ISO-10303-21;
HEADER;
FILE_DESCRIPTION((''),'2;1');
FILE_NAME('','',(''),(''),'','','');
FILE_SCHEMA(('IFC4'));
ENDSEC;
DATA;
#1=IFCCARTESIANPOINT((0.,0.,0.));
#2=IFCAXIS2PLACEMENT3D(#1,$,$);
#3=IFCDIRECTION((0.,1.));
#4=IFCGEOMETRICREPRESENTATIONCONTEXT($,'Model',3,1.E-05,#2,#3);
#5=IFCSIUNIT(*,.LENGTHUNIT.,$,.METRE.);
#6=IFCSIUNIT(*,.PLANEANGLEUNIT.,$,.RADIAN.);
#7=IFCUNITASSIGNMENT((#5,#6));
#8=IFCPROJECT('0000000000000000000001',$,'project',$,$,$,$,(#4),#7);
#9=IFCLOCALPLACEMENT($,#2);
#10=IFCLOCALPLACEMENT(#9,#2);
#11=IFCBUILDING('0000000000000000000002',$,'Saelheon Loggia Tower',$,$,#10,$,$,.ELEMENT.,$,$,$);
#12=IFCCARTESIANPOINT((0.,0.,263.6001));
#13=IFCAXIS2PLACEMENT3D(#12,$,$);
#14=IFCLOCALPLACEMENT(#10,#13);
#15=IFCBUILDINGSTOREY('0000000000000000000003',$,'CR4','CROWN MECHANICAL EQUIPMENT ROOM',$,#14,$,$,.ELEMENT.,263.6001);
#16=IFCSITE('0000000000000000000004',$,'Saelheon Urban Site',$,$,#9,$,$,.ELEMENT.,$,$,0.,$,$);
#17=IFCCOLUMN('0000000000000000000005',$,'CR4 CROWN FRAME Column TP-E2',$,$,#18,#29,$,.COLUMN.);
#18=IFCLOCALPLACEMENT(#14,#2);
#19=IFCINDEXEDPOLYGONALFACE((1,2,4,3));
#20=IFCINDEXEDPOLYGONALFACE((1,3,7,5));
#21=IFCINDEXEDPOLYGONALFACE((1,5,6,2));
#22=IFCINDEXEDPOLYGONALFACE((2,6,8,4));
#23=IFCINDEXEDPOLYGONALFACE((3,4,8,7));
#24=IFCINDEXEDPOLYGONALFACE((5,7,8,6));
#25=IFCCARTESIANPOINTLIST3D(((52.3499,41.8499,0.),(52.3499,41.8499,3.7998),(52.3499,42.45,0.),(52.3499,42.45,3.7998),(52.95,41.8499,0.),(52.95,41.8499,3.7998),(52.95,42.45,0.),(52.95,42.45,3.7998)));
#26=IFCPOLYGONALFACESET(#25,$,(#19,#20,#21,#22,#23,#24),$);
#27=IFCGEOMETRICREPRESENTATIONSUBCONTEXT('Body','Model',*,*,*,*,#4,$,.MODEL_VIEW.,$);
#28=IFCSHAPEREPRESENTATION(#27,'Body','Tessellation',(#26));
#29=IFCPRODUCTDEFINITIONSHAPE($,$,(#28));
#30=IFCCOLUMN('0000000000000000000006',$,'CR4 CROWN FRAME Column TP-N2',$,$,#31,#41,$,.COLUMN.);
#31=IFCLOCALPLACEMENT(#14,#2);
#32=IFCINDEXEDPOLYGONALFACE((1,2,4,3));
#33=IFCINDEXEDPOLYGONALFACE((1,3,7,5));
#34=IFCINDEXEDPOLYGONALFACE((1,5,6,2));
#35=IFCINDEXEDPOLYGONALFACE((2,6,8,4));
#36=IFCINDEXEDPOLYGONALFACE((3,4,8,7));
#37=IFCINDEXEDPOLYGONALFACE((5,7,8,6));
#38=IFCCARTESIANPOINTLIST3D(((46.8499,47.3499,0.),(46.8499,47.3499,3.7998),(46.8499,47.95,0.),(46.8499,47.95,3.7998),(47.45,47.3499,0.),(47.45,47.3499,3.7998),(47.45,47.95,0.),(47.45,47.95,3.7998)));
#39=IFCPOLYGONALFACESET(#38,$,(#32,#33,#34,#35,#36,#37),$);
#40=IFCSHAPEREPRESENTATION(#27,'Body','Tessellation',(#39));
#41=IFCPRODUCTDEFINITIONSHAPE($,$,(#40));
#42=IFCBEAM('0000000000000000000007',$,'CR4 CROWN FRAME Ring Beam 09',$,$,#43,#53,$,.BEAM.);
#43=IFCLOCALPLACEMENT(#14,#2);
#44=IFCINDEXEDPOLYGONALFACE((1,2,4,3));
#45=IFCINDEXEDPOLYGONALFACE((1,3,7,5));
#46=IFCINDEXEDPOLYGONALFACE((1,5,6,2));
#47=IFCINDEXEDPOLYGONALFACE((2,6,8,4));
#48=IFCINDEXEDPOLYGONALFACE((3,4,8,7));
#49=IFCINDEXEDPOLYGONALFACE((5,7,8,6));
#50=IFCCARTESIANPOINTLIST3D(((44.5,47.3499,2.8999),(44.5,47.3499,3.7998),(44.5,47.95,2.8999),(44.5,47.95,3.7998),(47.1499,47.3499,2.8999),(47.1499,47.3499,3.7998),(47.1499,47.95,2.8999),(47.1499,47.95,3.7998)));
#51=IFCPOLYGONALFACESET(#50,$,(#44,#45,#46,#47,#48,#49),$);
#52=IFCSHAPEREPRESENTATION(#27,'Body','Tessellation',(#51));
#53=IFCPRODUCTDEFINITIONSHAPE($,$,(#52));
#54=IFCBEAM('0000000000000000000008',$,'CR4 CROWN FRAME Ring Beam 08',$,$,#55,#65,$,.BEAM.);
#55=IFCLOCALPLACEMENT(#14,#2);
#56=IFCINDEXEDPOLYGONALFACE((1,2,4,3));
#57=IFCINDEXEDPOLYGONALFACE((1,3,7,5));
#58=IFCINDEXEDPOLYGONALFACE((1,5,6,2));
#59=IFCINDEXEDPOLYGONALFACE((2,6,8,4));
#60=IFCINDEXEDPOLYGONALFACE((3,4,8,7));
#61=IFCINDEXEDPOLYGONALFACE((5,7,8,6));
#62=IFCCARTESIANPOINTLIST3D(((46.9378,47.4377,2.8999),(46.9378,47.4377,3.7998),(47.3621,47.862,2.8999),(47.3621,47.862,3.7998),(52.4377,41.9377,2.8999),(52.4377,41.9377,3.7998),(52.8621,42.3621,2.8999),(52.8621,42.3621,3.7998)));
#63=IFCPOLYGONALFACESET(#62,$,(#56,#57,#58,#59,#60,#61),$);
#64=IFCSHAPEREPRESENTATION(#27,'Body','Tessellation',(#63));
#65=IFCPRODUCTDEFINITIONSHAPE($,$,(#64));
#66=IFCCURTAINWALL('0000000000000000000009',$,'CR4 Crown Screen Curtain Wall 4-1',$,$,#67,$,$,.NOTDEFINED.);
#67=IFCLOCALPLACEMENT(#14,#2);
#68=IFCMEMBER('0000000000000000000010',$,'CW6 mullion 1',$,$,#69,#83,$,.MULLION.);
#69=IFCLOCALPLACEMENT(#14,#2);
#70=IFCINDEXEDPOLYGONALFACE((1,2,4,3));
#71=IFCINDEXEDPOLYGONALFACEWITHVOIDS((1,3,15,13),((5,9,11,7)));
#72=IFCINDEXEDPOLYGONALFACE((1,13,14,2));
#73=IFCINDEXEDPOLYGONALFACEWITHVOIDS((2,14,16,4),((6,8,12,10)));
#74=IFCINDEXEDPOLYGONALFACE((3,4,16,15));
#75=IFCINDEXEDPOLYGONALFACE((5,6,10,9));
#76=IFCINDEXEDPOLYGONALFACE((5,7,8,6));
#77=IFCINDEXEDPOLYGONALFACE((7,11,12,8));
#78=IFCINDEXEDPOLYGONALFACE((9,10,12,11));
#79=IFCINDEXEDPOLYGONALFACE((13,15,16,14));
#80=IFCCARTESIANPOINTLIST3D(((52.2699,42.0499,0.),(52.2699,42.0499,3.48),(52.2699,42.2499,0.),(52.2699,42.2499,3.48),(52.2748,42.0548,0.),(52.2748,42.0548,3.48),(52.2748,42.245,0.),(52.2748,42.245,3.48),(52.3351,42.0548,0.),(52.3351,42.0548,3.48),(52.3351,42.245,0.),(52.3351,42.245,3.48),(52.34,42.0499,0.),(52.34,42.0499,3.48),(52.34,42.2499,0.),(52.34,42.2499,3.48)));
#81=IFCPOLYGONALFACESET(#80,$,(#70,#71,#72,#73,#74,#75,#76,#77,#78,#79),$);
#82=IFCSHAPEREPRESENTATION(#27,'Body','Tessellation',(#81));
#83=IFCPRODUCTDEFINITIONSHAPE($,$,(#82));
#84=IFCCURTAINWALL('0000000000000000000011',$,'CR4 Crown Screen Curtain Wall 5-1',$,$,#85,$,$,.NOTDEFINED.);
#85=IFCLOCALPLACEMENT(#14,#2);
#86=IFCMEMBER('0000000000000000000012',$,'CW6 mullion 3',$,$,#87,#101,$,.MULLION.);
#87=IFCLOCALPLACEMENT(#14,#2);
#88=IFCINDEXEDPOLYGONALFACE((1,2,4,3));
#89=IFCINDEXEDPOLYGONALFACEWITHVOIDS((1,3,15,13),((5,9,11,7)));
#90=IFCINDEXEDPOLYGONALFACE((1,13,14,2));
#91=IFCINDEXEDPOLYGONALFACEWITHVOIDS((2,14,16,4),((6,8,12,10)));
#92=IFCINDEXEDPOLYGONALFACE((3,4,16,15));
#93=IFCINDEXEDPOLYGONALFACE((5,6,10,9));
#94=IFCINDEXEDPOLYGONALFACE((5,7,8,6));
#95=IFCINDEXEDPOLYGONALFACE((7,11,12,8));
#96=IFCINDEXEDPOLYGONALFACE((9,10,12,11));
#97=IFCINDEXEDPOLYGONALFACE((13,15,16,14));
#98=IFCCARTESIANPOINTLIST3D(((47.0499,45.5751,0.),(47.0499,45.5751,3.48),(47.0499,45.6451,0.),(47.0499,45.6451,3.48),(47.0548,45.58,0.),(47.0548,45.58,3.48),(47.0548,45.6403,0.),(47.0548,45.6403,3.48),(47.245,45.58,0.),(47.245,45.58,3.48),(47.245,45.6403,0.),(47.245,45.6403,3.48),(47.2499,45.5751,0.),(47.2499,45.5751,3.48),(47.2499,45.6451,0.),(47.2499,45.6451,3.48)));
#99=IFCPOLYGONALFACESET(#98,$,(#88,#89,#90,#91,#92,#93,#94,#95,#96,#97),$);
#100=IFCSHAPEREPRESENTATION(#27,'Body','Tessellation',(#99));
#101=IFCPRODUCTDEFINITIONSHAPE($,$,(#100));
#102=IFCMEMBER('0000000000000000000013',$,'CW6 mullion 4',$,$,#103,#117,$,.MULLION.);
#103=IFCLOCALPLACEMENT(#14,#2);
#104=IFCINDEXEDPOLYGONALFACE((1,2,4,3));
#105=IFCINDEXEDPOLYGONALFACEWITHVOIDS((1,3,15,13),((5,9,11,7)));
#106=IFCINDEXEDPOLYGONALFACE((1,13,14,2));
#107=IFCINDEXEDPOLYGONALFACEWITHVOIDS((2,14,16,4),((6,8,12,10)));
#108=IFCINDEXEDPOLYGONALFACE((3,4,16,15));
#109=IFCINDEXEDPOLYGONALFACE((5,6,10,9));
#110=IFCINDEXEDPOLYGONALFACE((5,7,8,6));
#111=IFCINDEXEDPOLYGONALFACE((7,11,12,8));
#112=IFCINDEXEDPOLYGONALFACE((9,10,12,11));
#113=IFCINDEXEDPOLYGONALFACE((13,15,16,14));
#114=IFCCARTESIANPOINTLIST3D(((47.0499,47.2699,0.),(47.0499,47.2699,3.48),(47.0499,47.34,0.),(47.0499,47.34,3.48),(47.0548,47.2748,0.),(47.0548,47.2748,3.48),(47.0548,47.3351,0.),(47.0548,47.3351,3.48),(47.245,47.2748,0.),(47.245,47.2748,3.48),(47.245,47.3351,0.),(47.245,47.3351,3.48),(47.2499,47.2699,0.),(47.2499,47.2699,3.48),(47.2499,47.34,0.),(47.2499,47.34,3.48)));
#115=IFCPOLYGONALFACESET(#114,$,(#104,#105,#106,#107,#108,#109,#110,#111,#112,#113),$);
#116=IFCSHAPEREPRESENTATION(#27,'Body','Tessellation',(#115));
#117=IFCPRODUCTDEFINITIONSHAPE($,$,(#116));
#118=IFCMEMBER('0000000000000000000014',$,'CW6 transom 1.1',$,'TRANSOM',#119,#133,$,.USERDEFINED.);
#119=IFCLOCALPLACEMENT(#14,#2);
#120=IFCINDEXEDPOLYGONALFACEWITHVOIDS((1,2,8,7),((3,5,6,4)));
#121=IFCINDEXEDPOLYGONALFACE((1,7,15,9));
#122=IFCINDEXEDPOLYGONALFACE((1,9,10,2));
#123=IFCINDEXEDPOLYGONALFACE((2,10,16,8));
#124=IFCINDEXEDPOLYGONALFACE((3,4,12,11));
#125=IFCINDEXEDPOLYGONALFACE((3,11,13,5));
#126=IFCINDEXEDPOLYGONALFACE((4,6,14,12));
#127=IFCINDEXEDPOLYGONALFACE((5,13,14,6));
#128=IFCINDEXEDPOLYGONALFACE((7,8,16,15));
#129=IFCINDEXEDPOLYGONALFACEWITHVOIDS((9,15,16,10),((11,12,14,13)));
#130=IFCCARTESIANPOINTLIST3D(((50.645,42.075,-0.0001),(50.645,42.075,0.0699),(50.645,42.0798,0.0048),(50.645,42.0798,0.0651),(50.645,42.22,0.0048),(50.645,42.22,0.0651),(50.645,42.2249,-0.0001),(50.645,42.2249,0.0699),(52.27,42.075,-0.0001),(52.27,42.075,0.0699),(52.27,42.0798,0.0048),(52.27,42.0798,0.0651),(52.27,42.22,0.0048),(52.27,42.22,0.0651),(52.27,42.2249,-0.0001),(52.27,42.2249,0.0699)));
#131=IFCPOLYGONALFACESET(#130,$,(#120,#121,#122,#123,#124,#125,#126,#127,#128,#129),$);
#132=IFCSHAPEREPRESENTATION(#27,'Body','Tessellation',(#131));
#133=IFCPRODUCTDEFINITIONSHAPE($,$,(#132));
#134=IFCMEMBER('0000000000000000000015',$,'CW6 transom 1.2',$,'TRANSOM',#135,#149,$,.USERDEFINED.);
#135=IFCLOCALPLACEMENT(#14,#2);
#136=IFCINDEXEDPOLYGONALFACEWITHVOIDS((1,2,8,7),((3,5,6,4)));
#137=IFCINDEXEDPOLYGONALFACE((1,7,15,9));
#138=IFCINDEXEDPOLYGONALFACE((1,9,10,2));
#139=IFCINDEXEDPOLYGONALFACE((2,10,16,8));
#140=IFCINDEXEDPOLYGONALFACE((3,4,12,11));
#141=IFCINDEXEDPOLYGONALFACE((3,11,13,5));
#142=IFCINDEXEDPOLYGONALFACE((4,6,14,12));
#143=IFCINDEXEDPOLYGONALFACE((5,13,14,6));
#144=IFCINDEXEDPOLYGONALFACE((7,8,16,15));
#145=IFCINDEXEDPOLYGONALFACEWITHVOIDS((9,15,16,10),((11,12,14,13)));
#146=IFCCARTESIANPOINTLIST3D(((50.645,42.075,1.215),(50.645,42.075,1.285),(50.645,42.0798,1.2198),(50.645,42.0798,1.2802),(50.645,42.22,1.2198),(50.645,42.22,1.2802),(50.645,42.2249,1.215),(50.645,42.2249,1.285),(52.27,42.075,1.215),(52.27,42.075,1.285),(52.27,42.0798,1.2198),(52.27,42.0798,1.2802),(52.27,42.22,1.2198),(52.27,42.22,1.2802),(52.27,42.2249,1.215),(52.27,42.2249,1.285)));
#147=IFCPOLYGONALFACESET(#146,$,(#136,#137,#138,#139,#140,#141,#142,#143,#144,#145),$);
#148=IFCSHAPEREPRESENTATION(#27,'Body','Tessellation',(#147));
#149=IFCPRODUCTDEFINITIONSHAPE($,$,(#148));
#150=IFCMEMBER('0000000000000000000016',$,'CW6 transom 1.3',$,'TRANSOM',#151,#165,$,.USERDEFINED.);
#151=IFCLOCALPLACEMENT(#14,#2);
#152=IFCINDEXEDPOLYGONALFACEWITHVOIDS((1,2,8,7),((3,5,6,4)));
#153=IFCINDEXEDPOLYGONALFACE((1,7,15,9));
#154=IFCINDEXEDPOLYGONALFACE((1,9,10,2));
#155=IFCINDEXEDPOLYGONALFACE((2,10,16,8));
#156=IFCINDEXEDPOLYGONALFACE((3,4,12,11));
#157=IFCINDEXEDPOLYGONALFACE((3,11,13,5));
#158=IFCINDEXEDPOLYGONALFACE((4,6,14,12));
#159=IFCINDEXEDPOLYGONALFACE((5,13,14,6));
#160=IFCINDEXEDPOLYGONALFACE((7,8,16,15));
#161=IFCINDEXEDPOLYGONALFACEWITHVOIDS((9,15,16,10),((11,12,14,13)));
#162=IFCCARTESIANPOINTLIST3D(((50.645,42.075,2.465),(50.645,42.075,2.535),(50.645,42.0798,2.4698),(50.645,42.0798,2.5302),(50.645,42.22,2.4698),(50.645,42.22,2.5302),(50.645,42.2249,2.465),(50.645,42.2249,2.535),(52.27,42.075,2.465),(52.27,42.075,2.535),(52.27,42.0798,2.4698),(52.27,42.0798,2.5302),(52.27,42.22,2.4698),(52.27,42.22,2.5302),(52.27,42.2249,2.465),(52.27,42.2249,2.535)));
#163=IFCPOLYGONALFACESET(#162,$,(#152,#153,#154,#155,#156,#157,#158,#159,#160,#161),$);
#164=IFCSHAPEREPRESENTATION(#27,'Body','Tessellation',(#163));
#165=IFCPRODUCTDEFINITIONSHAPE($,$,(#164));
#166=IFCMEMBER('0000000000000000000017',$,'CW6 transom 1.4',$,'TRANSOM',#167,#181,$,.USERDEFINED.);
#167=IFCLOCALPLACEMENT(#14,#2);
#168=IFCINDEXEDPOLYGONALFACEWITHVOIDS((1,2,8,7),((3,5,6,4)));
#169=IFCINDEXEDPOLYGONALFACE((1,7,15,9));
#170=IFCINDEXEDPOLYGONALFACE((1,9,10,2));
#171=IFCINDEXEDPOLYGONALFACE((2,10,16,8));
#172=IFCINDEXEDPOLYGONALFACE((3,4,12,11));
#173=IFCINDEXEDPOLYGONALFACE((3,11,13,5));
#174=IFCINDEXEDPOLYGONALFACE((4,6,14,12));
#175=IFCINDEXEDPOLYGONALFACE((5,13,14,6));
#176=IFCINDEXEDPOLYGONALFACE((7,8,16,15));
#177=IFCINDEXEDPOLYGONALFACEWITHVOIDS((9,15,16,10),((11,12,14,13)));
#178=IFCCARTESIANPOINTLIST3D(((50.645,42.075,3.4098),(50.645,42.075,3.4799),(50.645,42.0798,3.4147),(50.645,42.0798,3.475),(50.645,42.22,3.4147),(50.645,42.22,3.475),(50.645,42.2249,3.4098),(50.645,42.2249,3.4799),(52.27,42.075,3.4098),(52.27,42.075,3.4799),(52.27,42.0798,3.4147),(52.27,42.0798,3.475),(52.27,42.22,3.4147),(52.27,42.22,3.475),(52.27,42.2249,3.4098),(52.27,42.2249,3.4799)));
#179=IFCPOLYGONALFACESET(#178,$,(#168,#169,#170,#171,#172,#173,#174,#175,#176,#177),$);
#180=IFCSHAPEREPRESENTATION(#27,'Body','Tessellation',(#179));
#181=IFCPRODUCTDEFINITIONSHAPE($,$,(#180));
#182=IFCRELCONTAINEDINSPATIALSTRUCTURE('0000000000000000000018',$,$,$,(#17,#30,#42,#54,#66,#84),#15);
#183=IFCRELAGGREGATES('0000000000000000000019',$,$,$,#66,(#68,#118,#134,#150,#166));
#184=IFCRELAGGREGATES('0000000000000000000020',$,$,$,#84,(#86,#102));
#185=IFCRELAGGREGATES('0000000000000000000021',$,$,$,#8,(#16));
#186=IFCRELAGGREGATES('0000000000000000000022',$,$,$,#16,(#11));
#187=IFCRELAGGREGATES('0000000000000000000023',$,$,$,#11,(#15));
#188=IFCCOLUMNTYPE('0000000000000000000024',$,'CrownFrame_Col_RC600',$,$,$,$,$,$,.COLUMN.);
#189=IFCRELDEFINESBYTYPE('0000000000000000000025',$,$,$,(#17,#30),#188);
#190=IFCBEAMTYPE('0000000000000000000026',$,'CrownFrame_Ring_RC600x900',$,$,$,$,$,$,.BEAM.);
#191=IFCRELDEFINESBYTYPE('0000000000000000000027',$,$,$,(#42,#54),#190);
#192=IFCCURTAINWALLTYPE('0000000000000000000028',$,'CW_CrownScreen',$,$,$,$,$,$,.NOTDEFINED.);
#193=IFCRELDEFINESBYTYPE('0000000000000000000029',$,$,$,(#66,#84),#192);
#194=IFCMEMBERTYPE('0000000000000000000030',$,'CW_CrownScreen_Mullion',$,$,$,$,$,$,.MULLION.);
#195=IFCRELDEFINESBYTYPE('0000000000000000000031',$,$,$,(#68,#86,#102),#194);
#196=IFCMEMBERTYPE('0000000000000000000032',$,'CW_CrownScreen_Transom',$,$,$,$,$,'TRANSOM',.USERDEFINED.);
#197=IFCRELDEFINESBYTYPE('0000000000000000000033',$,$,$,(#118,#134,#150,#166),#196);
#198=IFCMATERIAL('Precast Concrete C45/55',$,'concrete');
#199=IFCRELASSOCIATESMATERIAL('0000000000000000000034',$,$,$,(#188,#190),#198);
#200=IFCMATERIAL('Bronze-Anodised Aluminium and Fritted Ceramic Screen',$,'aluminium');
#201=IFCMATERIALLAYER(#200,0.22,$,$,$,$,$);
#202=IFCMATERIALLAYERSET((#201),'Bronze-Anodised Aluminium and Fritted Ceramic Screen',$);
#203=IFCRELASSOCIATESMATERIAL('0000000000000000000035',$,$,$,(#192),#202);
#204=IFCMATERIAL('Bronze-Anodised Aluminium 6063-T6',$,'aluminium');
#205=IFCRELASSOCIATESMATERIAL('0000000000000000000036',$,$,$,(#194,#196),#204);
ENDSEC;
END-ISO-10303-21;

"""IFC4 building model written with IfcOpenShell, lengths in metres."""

from ifc_helpers import new_model, si_unit, direction, frame, origin, origin_2d, place, context, subcontext, project, spatial, rectangle, hollow_rectangle, extrude, source, transform, mapped, material, layer, layer_set, material_profile, profile_set, type_object, element, aggregate, save


model = new_model("IFC4")

# Units and contexts
model_context = context("Model", 3, precision=1e-05, world=origin(), true_north=direction((0.0, 1.0)))
body_context = subcontext(model_context, "Body", "Model", "MODEL_VIEW")
ifc_project = project(units=[si_unit("LENGTHUNIT", "METRE"), si_unit("PLANEANGLEUNIT", "RADIAN")], contexts=[model_context])

# Site, building, storey
site_placement = place(None, origin())
site = spatial("IfcSite", under=ifc_project, at=site_placement, Name="Saelheon Urban Site", CompositionType="ELEMENT", RefElevation=0.0)
building_placement = place(site_placement, origin())
building = spatial("IfcBuilding", under=site, at=building_placement, Name="Saelheon Loggia Tower", CompositionType="ELEMENT")
storey_placement = place(building_placement, frame((0.0, 0.0, 263.6001)))
storey = spatial("IfcBuildingStorey", under=building, at=storey_placement, Name="CR4", Description="CROWN MECHANICAL EQUIPMENT ROOM", CompositionType="ELEMENT", Elevation=263.6001)

# Columns
ifc_material_1 = material(Name="Precast Concrete C45/55", Category="concrete")
ifc_material_profile_1 = material_profile(ifc_material_1, rectangle(XDim=0.6001, YDim=0.6001, at=origin_2d()), Name="RC-600x600")
ifc_profile_set_1 = profile_set([ifc_material_profile_1], Name="Precast Concrete C45/55")
column_type = type_object("IfcColumnType", Name="CrownFrame_Col_RC600", PredefinedType="COLUMN", material=ifc_profile_set_1)
shared_shape_1 = source(origin(), body_context, "Body", "SweptSolid", [
    extrude(rectangle(XDim=0.6001, YDim=0.6001, at=origin_2d()), origin(), (0.0, 0.0, 1.0), 3.7998),
])
for number, where, z_axis, x_axis, name in (
    (1, (52.6499, 42.1499, 0.0), (0.0, 0.0, 1.0), (1.0, 0.0, 0.0), "CR4 CROWN FRAME Column TP-E2"),
    (2, (47.1499, 47.6499, 0.0), (0.0, 0.0, 1.0), (1.0, 0.0, 0.0), "CR4 CROWN FRAME Column TP-N2"),
):
    element("IfcColumn", number, at=place(storey_placement, frame(where, z_axis=z_axis, x_axis=x_axis)), inside=storey, type_object=column_type, Name=name, PredefinedType="COLUMN", context=body_context, shape_type="MappedRepresentation", body=[
        mapped(shared_shape_1, transform((0.0, 0.0, 0.0), scale=1.0)),
    ])

# Beams
ifc_material_profile_2 = material_profile(ifc_material_1, rectangle(XDim=0.6001, YDim=0.8999, at=origin_2d()), Name="RC-600x900")
ifc_profile_set_2 = profile_set([ifc_material_profile_2], Name="Precast Concrete C45/55")
beam_type = type_object("IfcBeamType", Name="CrownFrame_Ring_RC600x900", PredefinedType="BEAM", material=ifc_profile_set_2)
shared_shape_2 = source(origin(), body_context, "Body", "SweptSolid", [
    extrude(rectangle(XDim=0.6001, YDim=0.8999, at=origin_2d()), origin(), (0.0, 0.0, 1.0), 2.6499),
])
beam_1_placement = place(storey_placement, frame((47.1499, 47.6499, 3.3499), z_axis=(-1.0, 0.0, 0.0), x_axis=(0.0, -1.0, 0.0)))
element("IfcBeam", 3, at=beam_1_placement, inside=storey, type_object=beam_type, Name="CR4 CROWN FRAME Ring Beam 09", PredefinedType="BEAM", context=body_context, shape_type="MappedRepresentation", body=[
    mapped(shared_shape_2, transform((0.0, 0.0, 0.0), scale=1.0)),
])
shared_shape_3 = source(origin(), body_context, "Body", "SweptSolid", [
    extrude(rectangle(XDim=0.6001, YDim=0.8999, at=origin_2d()), origin(), (0.0, 0.0, 1.0), 7.7781),
])
beam_2_placement = place(storey_placement, frame((52.6499, 42.1499, 3.3499), z_axis=(-0.707107, 0.707107, 0.0), x_axis=(-0.707107, -0.707107, 0.0)))
element("IfcBeam", 4, at=beam_2_placement, inside=storey, type_object=beam_type, Name="CR4 CROWN FRAME Ring Beam 08", PredefinedType="BEAM", context=body_context, shape_type="MappedRepresentation", body=[
    mapped(shared_shape_3, transform((0.0, 0.0, 0.0), scale=1.0)),
])

# Curtain wall, member
ifc_material_2 = material(Name="Bronze-Anodised Aluminium and Fritted Ceramic Screen", Category="aluminium")
ifc_layer_1 = layer(ifc_material_2, 0.22)
ifc_layer_set_1 = layer_set([ifc_layer_1], Name="Bronze-Anodised Aluminium and Fritted Ceramic Screen")
curtain_wall_type = type_object("IfcCurtainWallType", Name="CW_CrownScreen", PredefinedType="NOTDEFINED", material=ifc_layer_set_1)
curtain_wall_1_placement = place(storey_placement, origin())
curtain_wall_1 = element("IfcCurtainWall", 5, at=curtain_wall_1_placement, inside=storey, type_object=curtain_wall_type, Name="CR4 Crown Screen Curtain Wall 4-1", PredefinedType="NOTDEFINED")
ifc_material_3 = material(Name="Bronze-Anodised Aluminium 6063-T6", Category="aluminium")
ifc_material_profile_3 = material_profile(ifc_material_3, hollow_rectangle(XDim=0.0701, YDim=0.2, WallThickness=0.0049, at=origin_2d()), Name="RHS-200x70x5")
ifc_profile_set_3 = profile_set([ifc_material_profile_3], Name="Bronze-Anodised Aluminium 6063-T6")
member_type_1 = type_object("IfcMemberType", Name="CW_CrownScreen_Mullion", PredefinedType="MULLION", material=ifc_profile_set_3)
shared_shape_4 = source(origin(), body_context, "Body", "SweptSolid", [
    extrude(hollow_rectangle(XDim=0.0701, YDim=0.2, WallThickness=0.0049, at=origin_2d()), origin(), (0.0, 0.0, 1.0), 3.48),
])
member_1_placement = place(storey_placement, frame((52.3049, 42.1499, 0.0), z_axis=(0.0, 0.0, 1.0), x_axis=(-1.0, 0.0, 0.0)))
member_1 = element("IfcMember", 6, at=member_1_placement, type_object=member_type_1, Name="CW6 mullion 1", PredefinedType="MULLION", context=body_context, shape_type="MappedRepresentation", body=[
    mapped(shared_shape_4, transform((0.0, 0.0, 0.0), scale=1.0)),
])

# Curtain wall, members
curtain_wall_2_placement = place(storey_placement, origin())
curtain_wall_2 = element("IfcCurtainWall", 7, at=curtain_wall_2_placement, inside=storey, type_object=curtain_wall_type, Name="CR4 Crown Screen Curtain Wall 5-1", PredefinedType="NOTDEFINED")
member_2_placement = place(storey_placement, frame((47.1499, 45.6101, 0.0), z_axis=(0.0, 0.0, 1.0), x_axis=(0.0, 1.0, 0.0)))
member_2 = element("IfcMember", 8, at=member_2_placement, type_object=member_type_1, Name="CW6 mullion 3", PredefinedType="MULLION", context=body_context, shape_type="MappedRepresentation", body=[
    mapped(shared_shape_4, transform((0.0, 0.0, 0.0), scale=1.0)),
])
member_3_placement = place(storey_placement, frame((47.1499, 47.3049, 0.0), z_axis=(0.0, 0.0, 1.0), x_axis=(0.0, 1.0, 0.0)))
member_3 = element("IfcMember", 9, at=member_3_placement, type_object=member_type_1, Name="CW6 mullion 4", PredefinedType="MULLION", context=body_context, shape_type="MappedRepresentation", body=[
    mapped(shared_shape_4, transform((0.0, 0.0, 0.0), scale=1.0)),
])

# Members
ifc_material_profile_4 = material_profile(ifc_material_3, hollow_rectangle(XDim=0.0701, YDim=0.1499, WallThickness=0.0049, at=origin_2d()), Name="RHS-150x70x5")
ifc_profile_set_4 = profile_set([ifc_material_profile_4], Name="Bronze-Anodised Aluminium 6063-T6")
member_type_2 = type_object("IfcMemberType", Name="CW_CrownScreen_Transom", ElementType="TRANSOM", PredefinedType="USERDEFINED", material=ifc_profile_set_4)
shared_shape_5 = source(origin(), body_context, "Body", "SweptSolid", [
    extrude(hollow_rectangle(XDim=0.0701, YDim=0.1499, WallThickness=0.0049, at=origin_2d()), origin(), (0.0, 0.0, 1.0), 1.625),
])
member_4_placement = place(storey_placement, frame((52.27, 42.1499, 0.0349), z_axis=(-1.0, 0.0, 0.0), x_axis=(0.0, 0.0, 1.0)))
member_4 = element("IfcMember", 10, at=member_4_placement, type_object=member_type_2, Name="CW6 transom 1.1", ObjectType="TRANSOM", PredefinedType="USERDEFINED", context=body_context, shape_type="MappedRepresentation", body=[
    mapped(shared_shape_5, transform((0.0, 0.0, 0.0), scale=1.0)),
])
member_5_placement = place(storey_placement, frame((52.27, 42.1499, 1.25), z_axis=(-1.0, 0.0, 0.0), x_axis=(0.0, 0.0, 1.0)))
member_5 = element("IfcMember", 11, at=member_5_placement, type_object=member_type_2, Name="CW6 transom 1.2", ObjectType="TRANSOM", PredefinedType="USERDEFINED", context=body_context, shape_type="MappedRepresentation", body=[
    mapped(shared_shape_5, transform((0.0, 0.0, 0.0), scale=1.0)),
])
member_6_placement = place(storey_placement, frame((52.27, 42.1499, 2.5), z_axis=(-1.0, 0.0, 0.0), x_axis=(0.0, 0.0, 1.0)))
member_6 = element("IfcMember", 12, at=member_6_placement, type_object=member_type_2, Name="CW6 transom 1.3", ObjectType="TRANSOM", PredefinedType="USERDEFINED", context=body_context, shape_type="MappedRepresentation", body=[
    mapped(shared_shape_5, transform((0.0, 0.0, 0.0), scale=1.0)),
])
member_7_placement = place(storey_placement, frame((52.27, 42.1499, 3.4448), z_axis=(-1.0, 0.0, 0.0), x_axis=(0.0, 0.0, 1.0)))
member_7 = element("IfcMember", 13, at=member_7_placement, type_object=member_type_2, Name="CW6 transom 1.4", ObjectType="TRANSOM", PredefinedType="USERDEFINED", context=body_context, shape_type="MappedRepresentation", body=[
    mapped(shared_shape_5, transform((0.0, 0.0, 0.0), scale=1.0)),
])

aggregate(curtain_wall_1, [member_1, member_4, member_5, member_6, member_7])
aggregate(curtain_wall_2, [member_2, member_3])

save(model, "model.ifc")
